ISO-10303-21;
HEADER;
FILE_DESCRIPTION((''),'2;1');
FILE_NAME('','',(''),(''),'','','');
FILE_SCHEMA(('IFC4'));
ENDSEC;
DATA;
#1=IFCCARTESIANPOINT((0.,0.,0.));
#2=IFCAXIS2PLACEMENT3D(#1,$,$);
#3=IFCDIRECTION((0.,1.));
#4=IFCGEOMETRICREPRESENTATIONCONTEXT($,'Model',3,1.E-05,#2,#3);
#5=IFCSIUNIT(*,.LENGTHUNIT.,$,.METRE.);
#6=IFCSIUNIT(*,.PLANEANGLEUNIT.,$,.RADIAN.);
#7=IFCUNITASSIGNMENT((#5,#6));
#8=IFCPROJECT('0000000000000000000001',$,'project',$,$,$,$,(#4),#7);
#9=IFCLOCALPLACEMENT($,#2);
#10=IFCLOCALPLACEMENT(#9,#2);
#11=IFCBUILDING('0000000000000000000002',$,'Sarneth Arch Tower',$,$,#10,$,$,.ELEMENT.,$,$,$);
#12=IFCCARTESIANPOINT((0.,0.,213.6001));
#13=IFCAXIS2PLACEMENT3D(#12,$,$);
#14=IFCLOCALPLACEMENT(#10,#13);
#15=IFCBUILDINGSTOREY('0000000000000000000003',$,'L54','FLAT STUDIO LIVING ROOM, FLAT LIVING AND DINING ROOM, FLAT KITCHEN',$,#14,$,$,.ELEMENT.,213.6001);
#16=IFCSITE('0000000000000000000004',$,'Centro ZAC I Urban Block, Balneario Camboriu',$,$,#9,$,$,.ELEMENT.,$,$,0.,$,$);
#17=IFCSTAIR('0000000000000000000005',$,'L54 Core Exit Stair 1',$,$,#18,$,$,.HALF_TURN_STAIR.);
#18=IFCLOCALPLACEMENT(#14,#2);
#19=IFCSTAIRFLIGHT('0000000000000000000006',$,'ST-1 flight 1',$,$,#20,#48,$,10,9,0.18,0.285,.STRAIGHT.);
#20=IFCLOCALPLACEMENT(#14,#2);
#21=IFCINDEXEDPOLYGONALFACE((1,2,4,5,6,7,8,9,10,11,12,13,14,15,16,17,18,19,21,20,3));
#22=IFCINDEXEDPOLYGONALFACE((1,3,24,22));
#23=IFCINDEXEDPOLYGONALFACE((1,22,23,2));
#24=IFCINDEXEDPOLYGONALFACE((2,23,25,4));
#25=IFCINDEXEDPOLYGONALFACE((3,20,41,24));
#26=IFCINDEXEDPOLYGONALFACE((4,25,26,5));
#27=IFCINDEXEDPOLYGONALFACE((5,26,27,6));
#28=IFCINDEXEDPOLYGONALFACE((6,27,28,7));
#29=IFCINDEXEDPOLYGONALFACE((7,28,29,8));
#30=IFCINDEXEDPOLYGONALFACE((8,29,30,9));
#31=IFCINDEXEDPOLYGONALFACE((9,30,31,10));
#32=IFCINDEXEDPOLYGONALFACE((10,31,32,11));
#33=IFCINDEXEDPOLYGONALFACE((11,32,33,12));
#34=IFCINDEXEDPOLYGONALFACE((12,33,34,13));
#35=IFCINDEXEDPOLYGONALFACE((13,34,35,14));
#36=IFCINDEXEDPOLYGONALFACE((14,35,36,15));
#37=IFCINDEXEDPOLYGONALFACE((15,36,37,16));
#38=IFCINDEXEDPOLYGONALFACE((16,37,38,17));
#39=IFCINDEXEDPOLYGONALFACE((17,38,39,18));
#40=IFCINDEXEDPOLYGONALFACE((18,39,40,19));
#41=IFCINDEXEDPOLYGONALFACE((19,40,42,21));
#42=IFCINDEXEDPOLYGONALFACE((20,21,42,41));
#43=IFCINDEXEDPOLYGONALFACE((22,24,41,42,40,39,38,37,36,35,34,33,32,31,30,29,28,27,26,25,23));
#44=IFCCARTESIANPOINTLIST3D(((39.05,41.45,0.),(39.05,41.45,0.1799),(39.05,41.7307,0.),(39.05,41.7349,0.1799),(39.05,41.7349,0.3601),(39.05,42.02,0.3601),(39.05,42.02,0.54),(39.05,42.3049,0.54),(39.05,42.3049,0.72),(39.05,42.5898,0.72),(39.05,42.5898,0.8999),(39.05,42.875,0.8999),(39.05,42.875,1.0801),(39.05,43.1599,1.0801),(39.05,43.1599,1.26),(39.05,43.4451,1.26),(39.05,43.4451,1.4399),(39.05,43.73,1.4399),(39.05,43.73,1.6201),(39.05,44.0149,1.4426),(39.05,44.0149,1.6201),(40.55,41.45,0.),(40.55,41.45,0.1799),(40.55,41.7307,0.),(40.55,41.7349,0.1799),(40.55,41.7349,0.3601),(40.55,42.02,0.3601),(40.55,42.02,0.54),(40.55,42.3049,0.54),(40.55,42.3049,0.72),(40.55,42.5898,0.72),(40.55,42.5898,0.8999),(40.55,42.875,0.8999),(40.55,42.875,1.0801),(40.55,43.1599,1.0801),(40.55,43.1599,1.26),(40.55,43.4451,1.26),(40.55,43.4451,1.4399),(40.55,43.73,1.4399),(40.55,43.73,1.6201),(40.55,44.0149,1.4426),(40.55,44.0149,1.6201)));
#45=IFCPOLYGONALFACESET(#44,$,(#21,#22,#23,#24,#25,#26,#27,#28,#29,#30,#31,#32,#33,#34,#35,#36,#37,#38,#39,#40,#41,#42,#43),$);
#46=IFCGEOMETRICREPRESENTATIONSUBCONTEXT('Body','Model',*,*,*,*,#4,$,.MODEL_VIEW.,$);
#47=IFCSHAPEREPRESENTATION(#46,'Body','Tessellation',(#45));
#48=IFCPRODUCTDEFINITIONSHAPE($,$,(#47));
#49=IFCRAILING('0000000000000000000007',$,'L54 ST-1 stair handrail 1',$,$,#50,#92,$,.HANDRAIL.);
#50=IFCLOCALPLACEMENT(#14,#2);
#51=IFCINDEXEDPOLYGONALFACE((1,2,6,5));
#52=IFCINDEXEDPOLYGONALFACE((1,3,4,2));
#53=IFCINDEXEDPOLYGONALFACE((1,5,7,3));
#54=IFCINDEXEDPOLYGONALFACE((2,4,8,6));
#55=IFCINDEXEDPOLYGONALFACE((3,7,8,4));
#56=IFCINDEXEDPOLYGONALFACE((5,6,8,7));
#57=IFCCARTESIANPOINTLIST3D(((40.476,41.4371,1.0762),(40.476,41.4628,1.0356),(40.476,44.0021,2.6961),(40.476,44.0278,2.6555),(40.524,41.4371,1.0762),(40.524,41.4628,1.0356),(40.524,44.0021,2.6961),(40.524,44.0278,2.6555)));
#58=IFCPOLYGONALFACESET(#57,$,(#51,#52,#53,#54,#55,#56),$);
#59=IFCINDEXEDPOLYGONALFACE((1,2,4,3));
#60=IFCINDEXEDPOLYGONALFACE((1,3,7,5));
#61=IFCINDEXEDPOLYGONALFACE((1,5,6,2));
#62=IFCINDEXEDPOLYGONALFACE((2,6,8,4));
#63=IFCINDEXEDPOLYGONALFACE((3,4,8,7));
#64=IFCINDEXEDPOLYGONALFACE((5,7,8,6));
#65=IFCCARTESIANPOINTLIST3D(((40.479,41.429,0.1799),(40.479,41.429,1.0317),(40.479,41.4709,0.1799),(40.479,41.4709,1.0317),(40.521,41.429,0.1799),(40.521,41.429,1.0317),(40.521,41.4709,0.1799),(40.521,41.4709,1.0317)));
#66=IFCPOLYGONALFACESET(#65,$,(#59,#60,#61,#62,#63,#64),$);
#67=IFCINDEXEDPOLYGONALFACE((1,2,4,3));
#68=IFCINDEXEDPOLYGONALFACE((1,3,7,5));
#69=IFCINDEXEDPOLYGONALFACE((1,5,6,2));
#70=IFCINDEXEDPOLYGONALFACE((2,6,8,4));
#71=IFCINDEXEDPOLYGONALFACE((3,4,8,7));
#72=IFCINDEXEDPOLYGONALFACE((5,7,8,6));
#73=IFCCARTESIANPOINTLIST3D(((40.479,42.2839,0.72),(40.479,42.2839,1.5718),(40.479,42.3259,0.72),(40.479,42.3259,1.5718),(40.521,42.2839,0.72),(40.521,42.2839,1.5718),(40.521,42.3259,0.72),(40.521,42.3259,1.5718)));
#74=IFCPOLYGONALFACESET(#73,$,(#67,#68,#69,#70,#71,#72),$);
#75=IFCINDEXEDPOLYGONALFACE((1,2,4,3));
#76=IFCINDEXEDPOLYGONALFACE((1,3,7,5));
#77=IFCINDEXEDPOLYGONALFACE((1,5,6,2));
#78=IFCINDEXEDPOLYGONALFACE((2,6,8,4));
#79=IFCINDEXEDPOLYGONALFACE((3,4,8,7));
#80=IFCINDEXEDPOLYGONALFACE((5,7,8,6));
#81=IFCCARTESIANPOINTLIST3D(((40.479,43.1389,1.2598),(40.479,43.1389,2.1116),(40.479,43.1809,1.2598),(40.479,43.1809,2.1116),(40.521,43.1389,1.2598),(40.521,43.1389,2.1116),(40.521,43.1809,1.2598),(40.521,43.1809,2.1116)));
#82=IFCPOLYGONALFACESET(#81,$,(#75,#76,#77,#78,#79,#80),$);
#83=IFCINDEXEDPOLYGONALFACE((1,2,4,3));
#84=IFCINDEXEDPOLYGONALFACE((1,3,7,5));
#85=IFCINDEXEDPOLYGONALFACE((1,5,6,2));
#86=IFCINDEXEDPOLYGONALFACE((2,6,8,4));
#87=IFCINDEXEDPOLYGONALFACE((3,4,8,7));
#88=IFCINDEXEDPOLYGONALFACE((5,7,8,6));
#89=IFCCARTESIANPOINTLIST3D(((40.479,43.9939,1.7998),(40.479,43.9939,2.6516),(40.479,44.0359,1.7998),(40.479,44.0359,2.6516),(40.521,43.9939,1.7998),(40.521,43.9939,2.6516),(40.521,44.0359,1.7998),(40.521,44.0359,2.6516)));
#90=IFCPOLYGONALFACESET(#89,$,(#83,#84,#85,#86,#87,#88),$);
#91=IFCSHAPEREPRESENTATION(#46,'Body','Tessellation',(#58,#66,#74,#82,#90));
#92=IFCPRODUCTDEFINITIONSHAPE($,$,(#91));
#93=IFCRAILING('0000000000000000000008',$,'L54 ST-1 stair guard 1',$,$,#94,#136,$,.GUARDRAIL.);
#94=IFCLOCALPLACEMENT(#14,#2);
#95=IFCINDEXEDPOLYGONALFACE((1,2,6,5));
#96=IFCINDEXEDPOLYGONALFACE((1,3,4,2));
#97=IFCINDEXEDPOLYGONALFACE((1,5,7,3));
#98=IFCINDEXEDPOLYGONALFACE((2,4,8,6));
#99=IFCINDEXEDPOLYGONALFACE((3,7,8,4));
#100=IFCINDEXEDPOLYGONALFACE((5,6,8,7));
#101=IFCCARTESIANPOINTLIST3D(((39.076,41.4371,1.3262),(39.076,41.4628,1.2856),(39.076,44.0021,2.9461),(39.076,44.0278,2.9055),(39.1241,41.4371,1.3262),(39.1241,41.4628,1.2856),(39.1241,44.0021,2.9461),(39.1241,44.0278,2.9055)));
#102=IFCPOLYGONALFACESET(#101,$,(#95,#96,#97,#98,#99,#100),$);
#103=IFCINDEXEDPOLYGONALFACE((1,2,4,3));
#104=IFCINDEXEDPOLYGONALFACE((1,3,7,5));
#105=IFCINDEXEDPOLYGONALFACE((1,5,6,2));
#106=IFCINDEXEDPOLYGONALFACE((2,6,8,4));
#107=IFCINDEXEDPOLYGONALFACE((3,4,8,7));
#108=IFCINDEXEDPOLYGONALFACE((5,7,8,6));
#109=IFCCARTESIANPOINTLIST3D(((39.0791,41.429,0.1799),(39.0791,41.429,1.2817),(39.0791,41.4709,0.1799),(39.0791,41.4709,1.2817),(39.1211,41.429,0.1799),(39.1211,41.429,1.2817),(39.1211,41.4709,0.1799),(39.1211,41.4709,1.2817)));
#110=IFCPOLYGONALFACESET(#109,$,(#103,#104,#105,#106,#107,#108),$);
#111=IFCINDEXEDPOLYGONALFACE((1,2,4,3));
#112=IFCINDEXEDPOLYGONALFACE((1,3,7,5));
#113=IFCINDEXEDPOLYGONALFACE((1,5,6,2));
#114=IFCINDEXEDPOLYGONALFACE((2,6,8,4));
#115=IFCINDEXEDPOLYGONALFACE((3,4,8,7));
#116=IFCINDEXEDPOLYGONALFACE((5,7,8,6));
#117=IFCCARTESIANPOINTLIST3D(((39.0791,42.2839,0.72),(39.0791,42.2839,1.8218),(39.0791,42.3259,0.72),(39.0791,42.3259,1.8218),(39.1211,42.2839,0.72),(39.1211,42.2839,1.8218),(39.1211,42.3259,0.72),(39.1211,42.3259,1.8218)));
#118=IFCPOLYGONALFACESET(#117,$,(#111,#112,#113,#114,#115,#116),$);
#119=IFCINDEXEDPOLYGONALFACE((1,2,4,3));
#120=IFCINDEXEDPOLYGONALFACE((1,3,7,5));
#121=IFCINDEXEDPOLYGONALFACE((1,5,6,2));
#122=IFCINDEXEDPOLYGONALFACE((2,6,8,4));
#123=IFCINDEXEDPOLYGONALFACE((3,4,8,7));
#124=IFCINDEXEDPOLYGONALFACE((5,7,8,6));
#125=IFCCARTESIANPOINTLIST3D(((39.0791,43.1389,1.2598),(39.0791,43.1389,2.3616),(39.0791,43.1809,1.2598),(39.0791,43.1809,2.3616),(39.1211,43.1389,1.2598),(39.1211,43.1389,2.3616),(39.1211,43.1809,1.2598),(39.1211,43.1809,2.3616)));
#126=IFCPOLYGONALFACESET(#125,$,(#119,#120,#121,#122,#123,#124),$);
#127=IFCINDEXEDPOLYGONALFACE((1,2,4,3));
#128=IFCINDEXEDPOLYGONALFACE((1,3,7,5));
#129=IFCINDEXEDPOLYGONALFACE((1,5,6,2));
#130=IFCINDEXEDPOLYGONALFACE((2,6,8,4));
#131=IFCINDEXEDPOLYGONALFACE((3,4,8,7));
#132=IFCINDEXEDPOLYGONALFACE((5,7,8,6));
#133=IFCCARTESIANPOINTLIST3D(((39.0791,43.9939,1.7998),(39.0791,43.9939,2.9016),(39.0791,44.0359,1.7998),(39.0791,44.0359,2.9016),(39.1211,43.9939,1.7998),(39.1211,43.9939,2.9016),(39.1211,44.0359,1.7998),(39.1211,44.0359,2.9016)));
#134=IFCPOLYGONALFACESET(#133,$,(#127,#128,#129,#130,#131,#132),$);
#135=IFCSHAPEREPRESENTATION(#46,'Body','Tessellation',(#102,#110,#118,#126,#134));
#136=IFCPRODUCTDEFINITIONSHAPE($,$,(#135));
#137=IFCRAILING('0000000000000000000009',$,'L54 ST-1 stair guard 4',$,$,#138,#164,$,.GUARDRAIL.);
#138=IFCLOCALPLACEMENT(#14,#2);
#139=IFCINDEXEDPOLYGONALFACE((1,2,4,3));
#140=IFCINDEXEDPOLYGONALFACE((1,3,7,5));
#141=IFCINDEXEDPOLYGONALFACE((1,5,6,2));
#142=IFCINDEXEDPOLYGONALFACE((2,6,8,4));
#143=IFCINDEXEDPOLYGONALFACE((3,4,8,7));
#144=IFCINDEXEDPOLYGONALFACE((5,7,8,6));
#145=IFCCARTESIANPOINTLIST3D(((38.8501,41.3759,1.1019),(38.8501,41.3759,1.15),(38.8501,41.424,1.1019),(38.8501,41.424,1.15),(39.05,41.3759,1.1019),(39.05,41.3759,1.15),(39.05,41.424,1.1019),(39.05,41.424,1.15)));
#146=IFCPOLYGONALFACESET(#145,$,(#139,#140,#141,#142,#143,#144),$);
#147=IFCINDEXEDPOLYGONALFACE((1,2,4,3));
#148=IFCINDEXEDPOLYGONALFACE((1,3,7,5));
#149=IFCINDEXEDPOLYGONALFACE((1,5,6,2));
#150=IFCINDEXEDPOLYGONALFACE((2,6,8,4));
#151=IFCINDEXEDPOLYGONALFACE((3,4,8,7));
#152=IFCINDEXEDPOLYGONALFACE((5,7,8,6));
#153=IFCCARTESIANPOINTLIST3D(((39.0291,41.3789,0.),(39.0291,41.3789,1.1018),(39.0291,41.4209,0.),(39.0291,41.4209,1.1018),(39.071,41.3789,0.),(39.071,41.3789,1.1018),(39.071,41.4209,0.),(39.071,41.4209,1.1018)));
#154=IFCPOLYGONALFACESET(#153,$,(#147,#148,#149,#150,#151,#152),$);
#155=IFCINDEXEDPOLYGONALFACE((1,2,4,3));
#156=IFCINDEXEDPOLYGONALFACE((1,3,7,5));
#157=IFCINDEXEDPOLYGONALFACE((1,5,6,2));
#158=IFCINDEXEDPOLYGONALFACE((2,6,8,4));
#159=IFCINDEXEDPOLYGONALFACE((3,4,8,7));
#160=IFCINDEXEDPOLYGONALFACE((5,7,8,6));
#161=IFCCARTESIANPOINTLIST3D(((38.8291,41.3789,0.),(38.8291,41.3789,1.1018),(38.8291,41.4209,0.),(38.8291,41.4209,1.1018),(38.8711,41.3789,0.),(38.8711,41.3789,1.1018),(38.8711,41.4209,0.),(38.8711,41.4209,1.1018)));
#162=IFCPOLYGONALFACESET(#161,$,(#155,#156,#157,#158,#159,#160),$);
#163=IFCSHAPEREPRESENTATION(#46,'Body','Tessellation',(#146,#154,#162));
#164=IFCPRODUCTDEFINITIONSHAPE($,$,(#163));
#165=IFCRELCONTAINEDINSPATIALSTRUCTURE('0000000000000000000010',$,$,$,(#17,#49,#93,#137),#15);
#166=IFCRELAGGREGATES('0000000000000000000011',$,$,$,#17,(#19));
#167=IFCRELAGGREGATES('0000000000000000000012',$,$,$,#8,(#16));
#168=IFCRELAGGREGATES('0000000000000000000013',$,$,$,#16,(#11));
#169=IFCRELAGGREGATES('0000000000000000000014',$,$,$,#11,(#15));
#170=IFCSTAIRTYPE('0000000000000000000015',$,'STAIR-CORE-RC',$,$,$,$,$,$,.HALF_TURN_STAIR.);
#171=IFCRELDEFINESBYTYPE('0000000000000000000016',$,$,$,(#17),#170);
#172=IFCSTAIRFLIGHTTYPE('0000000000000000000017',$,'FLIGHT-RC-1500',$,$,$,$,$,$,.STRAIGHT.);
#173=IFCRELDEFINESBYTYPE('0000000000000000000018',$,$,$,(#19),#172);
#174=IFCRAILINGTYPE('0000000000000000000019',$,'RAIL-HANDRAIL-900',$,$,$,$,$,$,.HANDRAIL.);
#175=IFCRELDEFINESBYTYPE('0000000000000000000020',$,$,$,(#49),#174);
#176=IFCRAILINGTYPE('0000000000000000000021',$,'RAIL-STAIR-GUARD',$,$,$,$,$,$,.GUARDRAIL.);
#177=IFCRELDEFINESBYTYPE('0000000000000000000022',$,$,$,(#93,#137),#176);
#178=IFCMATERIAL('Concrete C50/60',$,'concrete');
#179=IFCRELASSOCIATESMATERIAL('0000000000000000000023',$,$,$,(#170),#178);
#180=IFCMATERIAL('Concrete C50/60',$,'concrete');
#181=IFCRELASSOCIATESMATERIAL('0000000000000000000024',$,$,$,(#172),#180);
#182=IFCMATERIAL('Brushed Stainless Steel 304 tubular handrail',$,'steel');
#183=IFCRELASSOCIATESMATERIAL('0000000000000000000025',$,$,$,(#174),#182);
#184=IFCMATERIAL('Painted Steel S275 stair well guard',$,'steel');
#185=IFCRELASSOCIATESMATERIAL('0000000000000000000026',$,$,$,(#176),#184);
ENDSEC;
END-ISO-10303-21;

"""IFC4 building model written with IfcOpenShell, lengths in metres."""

from ifc_helpers import new_model, si_unit, direction, frame, origin, origin_2d, place, context, subcontext, project, spatial, polyline, rectangle, outline, extrude, material, type_object, element, aggregate, save


model = new_model("IFC4")

# Units and contexts
model_context = context("Model", 3, precision=1e-05, world=origin(), true_north=direction((0.0, 1.0)))
body_context = subcontext(model_context, "Body", "Model", "MODEL_VIEW")
ifc_project = project(units=[si_unit("LENGTHUNIT", "METRE"), si_unit("PLANEANGLEUNIT", "RADIAN")], contexts=[model_context])

# Site, building, storey
site_placement = place(None, origin())
site = spatial("IfcSite", under=ifc_project, at=site_placement, Name="Centro ZAC I Urban Block, Balneario Camboriu", CompositionType="ELEMENT", RefElevation=0.0)
building_placement = place(site_placement, origin())
building = spatial("IfcBuilding", under=site, at=building_placement, Name="Sarneth Arch Tower", CompositionType="ELEMENT")
storey_placement = place(building_placement, frame((0.0, 0.0, 213.6001)))
storey = spatial("IfcBuildingStorey", under=building, at=storey_placement, Name="L54", Description="FLAT STUDIO LIVING ROOM, FLAT LIVING AND DINING ROOM, FLAT KITCHEN", CompositionType="ELEMENT", Elevation=213.6001)

# Stair, stair flight
ifc_material_1 = material(Name="Concrete C50/60", Category="concrete")
stair_type = type_object("IfcStairType", Name="STAIR-CORE-RC", PredefinedType="HALF_TURN_STAIR", material=ifc_material_1)
stair_placement = place(storey_placement, origin())
stair = element("IfcStair", 1, at=stair_placement, inside=storey, type_object=stair_type, Name="L54 Core Exit Stair 1", PredefinedType="HALF_TURN_STAIR")
ifc_material_2 = material(Name="Concrete C50/60", Category="concrete")
stair_flight_type = type_object("IfcStairFlightType", Name="FLIGHT-RC-1500", PredefinedType="STRAIGHT", material=ifc_material_2)
stair_flight_placement = place(storey_placement, frame((39.8, 41.45, 0.0), z_axis=(0.0, 0.0, 1.0), x_axis=(0.0, 1.0, 0.0)))
stair_flight = element("IfcStairFlight", 2, at=stair_flight_placement, type_object=stair_flight_type, Name="ST-1 flight 1", NumberOfRisers=10, NumberOfTreads=9, PredefinedType="STRAIGHT", RiserHeight=0.18, TreadLength=0.285, context=body_context, shape_type="SweptSolid", body=[
    extrude(outline(polyline([(0.0, 0.0), (0.0, 0.1799), (0.2849, 0.1799), (0.2849, 0.3601), (0.5701, 0.3601), (0.5701, 0.54), (0.855, 0.54), (0.855, 0.72), (1.1399, 0.72), (1.1399, 0.8999), (1.425, 0.8999), (1.425, 1.0801), (1.71, 1.0801), (1.71, 1.26), (1.9951, 1.26), (1.9951, 1.4399), (2.28, 1.4399), (2.28, 1.6201), (2.5649, 1.6201), (2.5649, 1.8), (2.5649, 1.4426), (0.2808, 0.0), (0.0, 0.0)])), frame((0.0, 0.75, 0.0), z_axis=(0.0, -1.0, 0.0), x_axis=(1.0, 0.0, 0.0)), (0.0, 0.0, 1.0), 1.5),
])
aggregate(stair, [stair_flight])

# Railings
ifc_material_3 = material(Name="Brushed Stainless Steel 304 tubular handrail", Category="steel")
railing_type_1 = type_object("IfcRailingType", Name="RAIL-HANDRAIL-900", PredefinedType="HANDRAIL", material=ifc_material_3)
railing_1_placement = place(storey_placement, frame((40.5, 41.45, 0.1799)))
element("IfcRailing", 3, at=railing_1_placement, inside=storey, type_object=railing_type_1, Name="L54 ST-1 stair handrail 1", PredefinedType="HANDRAIL", context=body_context, shape_type="SweptSolid", body=[
    extrude(rectangle(XDim=0.0481, YDim=0.0481, at=origin_2d()), frame((0.0, 0.0, 0.876), z_axis=(0.0, 0.845502, 0.533972), x_axis=(-1.0, 0.0, 0.0)), (0.0, 0.0, 1.0), 3.0337),
    extrude(rectangle(XDim=0.042, YDim=0.042, at=origin_2d()), origin(), (0.0, 0.0, 1.0), 0.8518),
    extrude(rectangle(XDim=0.042, YDim=0.042, at=origin_2d()), frame((0.0, 0.855, 0.54)), (0.0, 0.0, 1.0), 0.8518),
    extrude(rectangle(XDim=0.042, YDim=0.042, at=origin_2d()), frame((0.0, 1.71, 1.0798)), (0.0, 0.0, 1.0), 0.8518),
    extrude(rectangle(XDim=0.042, YDim=0.042, at=origin_2d()), frame((0.0, 2.5649, 1.6199)), (0.0, 0.0, 1.0), 0.8518),
])
ifc_material_4 = material(Name="Painted Steel S275 stair well guard", Category="steel")
railing_type_2 = type_object("IfcRailingType", Name="RAIL-STAIR-GUARD", PredefinedType="GUARDRAIL", material=ifc_material_4)
railing_2_placement = place(storey_placement, frame((39.1001, 41.45, 0.1799)))
element("IfcRailing", 4, at=railing_2_placement, inside=storey, type_object=railing_type_2, Name="L54 ST-1 stair guard 1", PredefinedType="GUARDRAIL", context=body_context, shape_type="SweptSolid", body=[
    extrude(rectangle(XDim=0.0481, YDim=0.0481, at=origin_2d()), frame((0.0, 0.0, 1.126), z_axis=(0.0, 0.845502, 0.533972), x_axis=(-1.0, 0.0, 0.0)), (0.0, 0.0, 1.0), 3.0337),
    extrude(rectangle(XDim=0.042, YDim=0.042, at=origin_2d()), origin(), (0.0, 0.0, 1.0), 1.1018),
    extrude(rectangle(XDim=0.042, YDim=0.042, at=origin_2d()), frame((0.0, 0.855, 0.54)), (0.0, 0.0, 1.0), 1.1018),
    extrude(rectangle(XDim=0.042, YDim=0.042, at=origin_2d()), frame((0.0, 1.71, 1.0798)), (0.0, 0.0, 1.0), 1.1018),
    extrude(rectangle(XDim=0.042, YDim=0.042, at=origin_2d()), frame((0.0, 2.5649, 1.6199)), (0.0, 0.0, 1.0), 1.1018),
])
railing_3_placement = place(storey_placement, frame((39.05, 41.3999, 0.0)))
element("IfcRailing", 5, at=railing_3_placement, inside=storey, type_object=railing_type_2, Name="L54 ST-1 stair guard 4", PredefinedType="GUARDRAIL", context=body_context, shape_type="SweptSolid", body=[
    extrude(rectangle(XDim=0.0481, YDim=0.0481, at=origin_2d()), frame((0.0, 0.0, 1.126), z_axis=(-1.0, 0.0, 0.0), x_axis=(0.0, -1.0, 0.0)), (0.0, 0.0, 1.0), 0.2),
    extrude(rectangle(XDim=0.042, YDim=0.042, at=origin_2d()), origin(), (0.0, 0.0, 1.0), 1.1018),
    extrude(rectangle(XDim=0.042, YDim=0.042, at=origin_2d()), frame((-0.2, 0.0, 0.0)), (0.0, 0.0, 1.0), 1.1018),
])

save(model, "model.ifc")
